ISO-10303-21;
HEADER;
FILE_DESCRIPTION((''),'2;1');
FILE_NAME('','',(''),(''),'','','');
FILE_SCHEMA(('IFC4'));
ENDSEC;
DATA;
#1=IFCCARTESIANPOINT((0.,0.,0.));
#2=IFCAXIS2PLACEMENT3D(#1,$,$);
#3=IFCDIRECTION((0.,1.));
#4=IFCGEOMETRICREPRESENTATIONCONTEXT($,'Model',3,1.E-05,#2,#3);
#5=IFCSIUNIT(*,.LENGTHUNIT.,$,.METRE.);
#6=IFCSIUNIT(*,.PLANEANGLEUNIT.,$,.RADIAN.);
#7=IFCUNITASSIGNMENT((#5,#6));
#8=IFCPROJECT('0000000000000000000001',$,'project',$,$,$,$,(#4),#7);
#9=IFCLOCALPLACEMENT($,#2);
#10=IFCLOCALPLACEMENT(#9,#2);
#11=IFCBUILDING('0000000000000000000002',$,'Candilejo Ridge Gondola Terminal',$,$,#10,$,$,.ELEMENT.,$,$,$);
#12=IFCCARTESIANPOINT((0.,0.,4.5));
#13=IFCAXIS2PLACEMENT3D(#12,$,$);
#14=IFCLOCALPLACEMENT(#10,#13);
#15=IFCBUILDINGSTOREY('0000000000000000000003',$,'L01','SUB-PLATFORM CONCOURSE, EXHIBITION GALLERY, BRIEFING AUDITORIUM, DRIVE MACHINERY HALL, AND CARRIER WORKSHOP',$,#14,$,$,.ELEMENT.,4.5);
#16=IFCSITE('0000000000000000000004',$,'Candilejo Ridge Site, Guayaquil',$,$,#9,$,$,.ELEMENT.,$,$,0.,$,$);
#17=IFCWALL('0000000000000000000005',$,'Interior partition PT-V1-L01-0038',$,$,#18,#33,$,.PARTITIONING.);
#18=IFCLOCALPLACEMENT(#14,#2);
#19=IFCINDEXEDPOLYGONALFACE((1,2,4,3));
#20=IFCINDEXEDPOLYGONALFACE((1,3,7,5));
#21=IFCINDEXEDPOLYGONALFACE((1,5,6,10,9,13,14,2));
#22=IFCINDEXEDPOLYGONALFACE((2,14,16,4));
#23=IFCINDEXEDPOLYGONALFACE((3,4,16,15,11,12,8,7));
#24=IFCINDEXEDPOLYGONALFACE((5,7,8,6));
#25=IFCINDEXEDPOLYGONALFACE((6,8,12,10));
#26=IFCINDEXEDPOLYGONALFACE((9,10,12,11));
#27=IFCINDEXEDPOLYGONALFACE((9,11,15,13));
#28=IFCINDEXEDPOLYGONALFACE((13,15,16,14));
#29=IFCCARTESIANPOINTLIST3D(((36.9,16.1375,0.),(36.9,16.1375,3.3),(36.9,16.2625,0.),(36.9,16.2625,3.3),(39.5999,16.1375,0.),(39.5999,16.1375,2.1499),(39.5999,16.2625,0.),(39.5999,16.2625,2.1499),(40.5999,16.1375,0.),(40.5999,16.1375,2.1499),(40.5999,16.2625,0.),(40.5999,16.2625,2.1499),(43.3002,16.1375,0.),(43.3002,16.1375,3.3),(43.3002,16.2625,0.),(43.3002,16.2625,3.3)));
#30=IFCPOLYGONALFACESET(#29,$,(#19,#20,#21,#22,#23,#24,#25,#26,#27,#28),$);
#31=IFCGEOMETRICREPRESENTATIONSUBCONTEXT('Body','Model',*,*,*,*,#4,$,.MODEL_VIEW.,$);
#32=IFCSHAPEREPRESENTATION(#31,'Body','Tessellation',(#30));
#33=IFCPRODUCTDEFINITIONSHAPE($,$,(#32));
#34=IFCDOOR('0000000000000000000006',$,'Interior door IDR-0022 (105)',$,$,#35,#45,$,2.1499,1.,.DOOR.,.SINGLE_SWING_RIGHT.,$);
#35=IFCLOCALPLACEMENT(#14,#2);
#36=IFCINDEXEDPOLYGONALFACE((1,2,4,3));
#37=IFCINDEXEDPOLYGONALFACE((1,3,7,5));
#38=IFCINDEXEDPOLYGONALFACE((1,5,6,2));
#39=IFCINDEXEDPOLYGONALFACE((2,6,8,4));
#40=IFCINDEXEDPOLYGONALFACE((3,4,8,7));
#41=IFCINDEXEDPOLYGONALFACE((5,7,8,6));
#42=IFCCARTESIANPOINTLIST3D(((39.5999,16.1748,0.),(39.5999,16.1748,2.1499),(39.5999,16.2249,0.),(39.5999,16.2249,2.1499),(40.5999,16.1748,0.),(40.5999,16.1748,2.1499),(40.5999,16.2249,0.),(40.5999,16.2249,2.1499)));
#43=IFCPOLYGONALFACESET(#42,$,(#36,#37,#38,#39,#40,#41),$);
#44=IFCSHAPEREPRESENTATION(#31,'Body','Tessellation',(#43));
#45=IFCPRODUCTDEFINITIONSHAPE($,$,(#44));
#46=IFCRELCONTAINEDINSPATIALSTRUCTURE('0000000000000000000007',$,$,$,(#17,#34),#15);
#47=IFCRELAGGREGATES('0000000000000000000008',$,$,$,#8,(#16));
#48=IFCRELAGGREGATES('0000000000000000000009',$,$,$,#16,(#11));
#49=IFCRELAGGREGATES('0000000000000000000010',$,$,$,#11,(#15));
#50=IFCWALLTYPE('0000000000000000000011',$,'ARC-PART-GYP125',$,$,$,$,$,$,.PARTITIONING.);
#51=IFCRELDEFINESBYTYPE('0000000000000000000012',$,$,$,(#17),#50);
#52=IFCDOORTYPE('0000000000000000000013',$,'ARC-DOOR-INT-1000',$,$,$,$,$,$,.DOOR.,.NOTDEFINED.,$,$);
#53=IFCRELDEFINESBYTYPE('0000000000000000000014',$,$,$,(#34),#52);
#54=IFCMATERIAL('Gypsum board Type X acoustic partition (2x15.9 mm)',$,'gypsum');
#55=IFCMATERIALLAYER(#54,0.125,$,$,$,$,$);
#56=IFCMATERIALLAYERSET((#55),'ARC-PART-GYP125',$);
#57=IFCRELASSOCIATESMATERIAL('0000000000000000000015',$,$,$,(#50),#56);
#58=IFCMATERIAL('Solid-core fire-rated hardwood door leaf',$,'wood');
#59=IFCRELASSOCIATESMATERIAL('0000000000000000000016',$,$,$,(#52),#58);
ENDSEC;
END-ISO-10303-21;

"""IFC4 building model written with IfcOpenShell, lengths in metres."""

from ifc_helpers import new_model, si_unit, direction, frame, frame_2d, origin, place, context, subcontext, project, spatial, rectangle, extrude, material, layer, layer_set, type_object, element, fill, save


model = new_model("IFC4")

# Units and contexts
model_context = context("Model", 3, precision=1e-05, world=origin(), true_north=direction((0.0, 1.0)))
body_context = subcontext(model_context, "Body", "Model", "MODEL_VIEW")
ifc_project = project(units=[si_unit("LENGTHUNIT", "METRE"), si_unit("PLANEANGLEUNIT", "RADIAN")], contexts=[model_context])

# Site, building, storey
site_placement = place(None, origin())
site = spatial("IfcSite", under=ifc_project, at=site_placement, Name="Candilejo Ridge Site, Guayaquil", CompositionType="ELEMENT", RefElevation=0.0)
building_placement = place(site_placement, origin())
building = spatial("IfcBuilding", under=site, at=building_placement, Name="Candilejo Ridge Gondola Terminal", CompositionType="ELEMENT")
storey_placement = place(building_placement, frame((0.0, 0.0, 4.5)))
storey = spatial("IfcBuildingStorey", under=building, at=storey_placement, Name="L01", Description="SUB-PLATFORM CONCOURSE, EXHIBITION GALLERY, BRIEFING AUDITORIUM, DRIVE MACHINERY HALL, AND CARRIER WORKSHOP", CompositionType="ELEMENT", Elevation=4.5)

# Wall, opening, door
ifc_material_1 = material(Name="Gypsum board Type X acoustic partition (2x15.9 mm)", Category="gypsum")
ifc_layer_1 = layer(ifc_material_1, 0.125)
ifc_layer_set_1 = layer_set([ifc_layer_1], Name="ARC-PART-GYP125")
wall_type = type_object("IfcWallType", Name="ARC-PART-GYP125", PredefinedType="PARTITIONING", material=ifc_layer_set_1)
wall_placement = place(storey_placement, frame((36.8999, 16.2, 0.0), z_axis=(0.0, 0.0, 1.0), x_axis=(1.0, 0.0, 0.0)))
wall = element("IfcWall", 1, at=wall_placement, inside=storey, type_object=wall_type, Name="Interior partition PT-V1-L01-0038", PredefinedType="PARTITIONING", context=body_context, shape_type="SweptSolid", body=[
    extrude(rectangle(XDim=6.4001, YDim=0.125, at=frame_2d((3.2002, 0.0))), origin(), (0.0, 0.0, 1.0), 3.3),
])
opening_placement = place(wall_placement, frame((2.7, 0.0, 0.0)))
opening = element("IfcOpeningElement", 2, at=opening_placement, cuts=wall, PredefinedType="OPENING", context=body_context, shape_type="SweptSolid", body=[
    extrude(rectangle(XDim=1.0, YDim=2.1499, at=frame_2d((0.5, 1.075))), frame((0.0, 0.0725, 0.0), z_axis=(0.0, -1.0, 0.0), x_axis=(1.0, 0.0, 0.0)), (0.0, 0.0, 1.0), 0.145),
])
ifc_material_2 = material(Name="Solid-core fire-rated hardwood door leaf", Category="wood")
door_type = type_object("IfcDoorType", Name="ARC-DOOR-INT-1000", OperationType="NOTDEFINED", PredefinedType="DOOR", material=ifc_material_2)
door_placement = place(opening_placement, origin())
door = element("IfcDoor", 3, at=door_placement, inside=storey, type_object=door_type, Name="Interior door IDR-0022 (105)", OperationType="SINGLE_SWING_RIGHT", OverallHeight=2.1499, OverallWidth=1.0, PredefinedType="DOOR", context=body_context, shape_type="SweptSolid", body=[
    extrude(rectangle(XDim=1.0, YDim=2.1499, at=frame_2d((0.5, 1.075))), frame((0.0, 0.0249, 0.0), z_axis=(0.0, -1.0, 0.0), x_axis=(1.0, 0.0, 0.0)), (0.0, 0.0, 1.0), 0.05),
])
fill(opening, door)

save(model, "model.ifc")
